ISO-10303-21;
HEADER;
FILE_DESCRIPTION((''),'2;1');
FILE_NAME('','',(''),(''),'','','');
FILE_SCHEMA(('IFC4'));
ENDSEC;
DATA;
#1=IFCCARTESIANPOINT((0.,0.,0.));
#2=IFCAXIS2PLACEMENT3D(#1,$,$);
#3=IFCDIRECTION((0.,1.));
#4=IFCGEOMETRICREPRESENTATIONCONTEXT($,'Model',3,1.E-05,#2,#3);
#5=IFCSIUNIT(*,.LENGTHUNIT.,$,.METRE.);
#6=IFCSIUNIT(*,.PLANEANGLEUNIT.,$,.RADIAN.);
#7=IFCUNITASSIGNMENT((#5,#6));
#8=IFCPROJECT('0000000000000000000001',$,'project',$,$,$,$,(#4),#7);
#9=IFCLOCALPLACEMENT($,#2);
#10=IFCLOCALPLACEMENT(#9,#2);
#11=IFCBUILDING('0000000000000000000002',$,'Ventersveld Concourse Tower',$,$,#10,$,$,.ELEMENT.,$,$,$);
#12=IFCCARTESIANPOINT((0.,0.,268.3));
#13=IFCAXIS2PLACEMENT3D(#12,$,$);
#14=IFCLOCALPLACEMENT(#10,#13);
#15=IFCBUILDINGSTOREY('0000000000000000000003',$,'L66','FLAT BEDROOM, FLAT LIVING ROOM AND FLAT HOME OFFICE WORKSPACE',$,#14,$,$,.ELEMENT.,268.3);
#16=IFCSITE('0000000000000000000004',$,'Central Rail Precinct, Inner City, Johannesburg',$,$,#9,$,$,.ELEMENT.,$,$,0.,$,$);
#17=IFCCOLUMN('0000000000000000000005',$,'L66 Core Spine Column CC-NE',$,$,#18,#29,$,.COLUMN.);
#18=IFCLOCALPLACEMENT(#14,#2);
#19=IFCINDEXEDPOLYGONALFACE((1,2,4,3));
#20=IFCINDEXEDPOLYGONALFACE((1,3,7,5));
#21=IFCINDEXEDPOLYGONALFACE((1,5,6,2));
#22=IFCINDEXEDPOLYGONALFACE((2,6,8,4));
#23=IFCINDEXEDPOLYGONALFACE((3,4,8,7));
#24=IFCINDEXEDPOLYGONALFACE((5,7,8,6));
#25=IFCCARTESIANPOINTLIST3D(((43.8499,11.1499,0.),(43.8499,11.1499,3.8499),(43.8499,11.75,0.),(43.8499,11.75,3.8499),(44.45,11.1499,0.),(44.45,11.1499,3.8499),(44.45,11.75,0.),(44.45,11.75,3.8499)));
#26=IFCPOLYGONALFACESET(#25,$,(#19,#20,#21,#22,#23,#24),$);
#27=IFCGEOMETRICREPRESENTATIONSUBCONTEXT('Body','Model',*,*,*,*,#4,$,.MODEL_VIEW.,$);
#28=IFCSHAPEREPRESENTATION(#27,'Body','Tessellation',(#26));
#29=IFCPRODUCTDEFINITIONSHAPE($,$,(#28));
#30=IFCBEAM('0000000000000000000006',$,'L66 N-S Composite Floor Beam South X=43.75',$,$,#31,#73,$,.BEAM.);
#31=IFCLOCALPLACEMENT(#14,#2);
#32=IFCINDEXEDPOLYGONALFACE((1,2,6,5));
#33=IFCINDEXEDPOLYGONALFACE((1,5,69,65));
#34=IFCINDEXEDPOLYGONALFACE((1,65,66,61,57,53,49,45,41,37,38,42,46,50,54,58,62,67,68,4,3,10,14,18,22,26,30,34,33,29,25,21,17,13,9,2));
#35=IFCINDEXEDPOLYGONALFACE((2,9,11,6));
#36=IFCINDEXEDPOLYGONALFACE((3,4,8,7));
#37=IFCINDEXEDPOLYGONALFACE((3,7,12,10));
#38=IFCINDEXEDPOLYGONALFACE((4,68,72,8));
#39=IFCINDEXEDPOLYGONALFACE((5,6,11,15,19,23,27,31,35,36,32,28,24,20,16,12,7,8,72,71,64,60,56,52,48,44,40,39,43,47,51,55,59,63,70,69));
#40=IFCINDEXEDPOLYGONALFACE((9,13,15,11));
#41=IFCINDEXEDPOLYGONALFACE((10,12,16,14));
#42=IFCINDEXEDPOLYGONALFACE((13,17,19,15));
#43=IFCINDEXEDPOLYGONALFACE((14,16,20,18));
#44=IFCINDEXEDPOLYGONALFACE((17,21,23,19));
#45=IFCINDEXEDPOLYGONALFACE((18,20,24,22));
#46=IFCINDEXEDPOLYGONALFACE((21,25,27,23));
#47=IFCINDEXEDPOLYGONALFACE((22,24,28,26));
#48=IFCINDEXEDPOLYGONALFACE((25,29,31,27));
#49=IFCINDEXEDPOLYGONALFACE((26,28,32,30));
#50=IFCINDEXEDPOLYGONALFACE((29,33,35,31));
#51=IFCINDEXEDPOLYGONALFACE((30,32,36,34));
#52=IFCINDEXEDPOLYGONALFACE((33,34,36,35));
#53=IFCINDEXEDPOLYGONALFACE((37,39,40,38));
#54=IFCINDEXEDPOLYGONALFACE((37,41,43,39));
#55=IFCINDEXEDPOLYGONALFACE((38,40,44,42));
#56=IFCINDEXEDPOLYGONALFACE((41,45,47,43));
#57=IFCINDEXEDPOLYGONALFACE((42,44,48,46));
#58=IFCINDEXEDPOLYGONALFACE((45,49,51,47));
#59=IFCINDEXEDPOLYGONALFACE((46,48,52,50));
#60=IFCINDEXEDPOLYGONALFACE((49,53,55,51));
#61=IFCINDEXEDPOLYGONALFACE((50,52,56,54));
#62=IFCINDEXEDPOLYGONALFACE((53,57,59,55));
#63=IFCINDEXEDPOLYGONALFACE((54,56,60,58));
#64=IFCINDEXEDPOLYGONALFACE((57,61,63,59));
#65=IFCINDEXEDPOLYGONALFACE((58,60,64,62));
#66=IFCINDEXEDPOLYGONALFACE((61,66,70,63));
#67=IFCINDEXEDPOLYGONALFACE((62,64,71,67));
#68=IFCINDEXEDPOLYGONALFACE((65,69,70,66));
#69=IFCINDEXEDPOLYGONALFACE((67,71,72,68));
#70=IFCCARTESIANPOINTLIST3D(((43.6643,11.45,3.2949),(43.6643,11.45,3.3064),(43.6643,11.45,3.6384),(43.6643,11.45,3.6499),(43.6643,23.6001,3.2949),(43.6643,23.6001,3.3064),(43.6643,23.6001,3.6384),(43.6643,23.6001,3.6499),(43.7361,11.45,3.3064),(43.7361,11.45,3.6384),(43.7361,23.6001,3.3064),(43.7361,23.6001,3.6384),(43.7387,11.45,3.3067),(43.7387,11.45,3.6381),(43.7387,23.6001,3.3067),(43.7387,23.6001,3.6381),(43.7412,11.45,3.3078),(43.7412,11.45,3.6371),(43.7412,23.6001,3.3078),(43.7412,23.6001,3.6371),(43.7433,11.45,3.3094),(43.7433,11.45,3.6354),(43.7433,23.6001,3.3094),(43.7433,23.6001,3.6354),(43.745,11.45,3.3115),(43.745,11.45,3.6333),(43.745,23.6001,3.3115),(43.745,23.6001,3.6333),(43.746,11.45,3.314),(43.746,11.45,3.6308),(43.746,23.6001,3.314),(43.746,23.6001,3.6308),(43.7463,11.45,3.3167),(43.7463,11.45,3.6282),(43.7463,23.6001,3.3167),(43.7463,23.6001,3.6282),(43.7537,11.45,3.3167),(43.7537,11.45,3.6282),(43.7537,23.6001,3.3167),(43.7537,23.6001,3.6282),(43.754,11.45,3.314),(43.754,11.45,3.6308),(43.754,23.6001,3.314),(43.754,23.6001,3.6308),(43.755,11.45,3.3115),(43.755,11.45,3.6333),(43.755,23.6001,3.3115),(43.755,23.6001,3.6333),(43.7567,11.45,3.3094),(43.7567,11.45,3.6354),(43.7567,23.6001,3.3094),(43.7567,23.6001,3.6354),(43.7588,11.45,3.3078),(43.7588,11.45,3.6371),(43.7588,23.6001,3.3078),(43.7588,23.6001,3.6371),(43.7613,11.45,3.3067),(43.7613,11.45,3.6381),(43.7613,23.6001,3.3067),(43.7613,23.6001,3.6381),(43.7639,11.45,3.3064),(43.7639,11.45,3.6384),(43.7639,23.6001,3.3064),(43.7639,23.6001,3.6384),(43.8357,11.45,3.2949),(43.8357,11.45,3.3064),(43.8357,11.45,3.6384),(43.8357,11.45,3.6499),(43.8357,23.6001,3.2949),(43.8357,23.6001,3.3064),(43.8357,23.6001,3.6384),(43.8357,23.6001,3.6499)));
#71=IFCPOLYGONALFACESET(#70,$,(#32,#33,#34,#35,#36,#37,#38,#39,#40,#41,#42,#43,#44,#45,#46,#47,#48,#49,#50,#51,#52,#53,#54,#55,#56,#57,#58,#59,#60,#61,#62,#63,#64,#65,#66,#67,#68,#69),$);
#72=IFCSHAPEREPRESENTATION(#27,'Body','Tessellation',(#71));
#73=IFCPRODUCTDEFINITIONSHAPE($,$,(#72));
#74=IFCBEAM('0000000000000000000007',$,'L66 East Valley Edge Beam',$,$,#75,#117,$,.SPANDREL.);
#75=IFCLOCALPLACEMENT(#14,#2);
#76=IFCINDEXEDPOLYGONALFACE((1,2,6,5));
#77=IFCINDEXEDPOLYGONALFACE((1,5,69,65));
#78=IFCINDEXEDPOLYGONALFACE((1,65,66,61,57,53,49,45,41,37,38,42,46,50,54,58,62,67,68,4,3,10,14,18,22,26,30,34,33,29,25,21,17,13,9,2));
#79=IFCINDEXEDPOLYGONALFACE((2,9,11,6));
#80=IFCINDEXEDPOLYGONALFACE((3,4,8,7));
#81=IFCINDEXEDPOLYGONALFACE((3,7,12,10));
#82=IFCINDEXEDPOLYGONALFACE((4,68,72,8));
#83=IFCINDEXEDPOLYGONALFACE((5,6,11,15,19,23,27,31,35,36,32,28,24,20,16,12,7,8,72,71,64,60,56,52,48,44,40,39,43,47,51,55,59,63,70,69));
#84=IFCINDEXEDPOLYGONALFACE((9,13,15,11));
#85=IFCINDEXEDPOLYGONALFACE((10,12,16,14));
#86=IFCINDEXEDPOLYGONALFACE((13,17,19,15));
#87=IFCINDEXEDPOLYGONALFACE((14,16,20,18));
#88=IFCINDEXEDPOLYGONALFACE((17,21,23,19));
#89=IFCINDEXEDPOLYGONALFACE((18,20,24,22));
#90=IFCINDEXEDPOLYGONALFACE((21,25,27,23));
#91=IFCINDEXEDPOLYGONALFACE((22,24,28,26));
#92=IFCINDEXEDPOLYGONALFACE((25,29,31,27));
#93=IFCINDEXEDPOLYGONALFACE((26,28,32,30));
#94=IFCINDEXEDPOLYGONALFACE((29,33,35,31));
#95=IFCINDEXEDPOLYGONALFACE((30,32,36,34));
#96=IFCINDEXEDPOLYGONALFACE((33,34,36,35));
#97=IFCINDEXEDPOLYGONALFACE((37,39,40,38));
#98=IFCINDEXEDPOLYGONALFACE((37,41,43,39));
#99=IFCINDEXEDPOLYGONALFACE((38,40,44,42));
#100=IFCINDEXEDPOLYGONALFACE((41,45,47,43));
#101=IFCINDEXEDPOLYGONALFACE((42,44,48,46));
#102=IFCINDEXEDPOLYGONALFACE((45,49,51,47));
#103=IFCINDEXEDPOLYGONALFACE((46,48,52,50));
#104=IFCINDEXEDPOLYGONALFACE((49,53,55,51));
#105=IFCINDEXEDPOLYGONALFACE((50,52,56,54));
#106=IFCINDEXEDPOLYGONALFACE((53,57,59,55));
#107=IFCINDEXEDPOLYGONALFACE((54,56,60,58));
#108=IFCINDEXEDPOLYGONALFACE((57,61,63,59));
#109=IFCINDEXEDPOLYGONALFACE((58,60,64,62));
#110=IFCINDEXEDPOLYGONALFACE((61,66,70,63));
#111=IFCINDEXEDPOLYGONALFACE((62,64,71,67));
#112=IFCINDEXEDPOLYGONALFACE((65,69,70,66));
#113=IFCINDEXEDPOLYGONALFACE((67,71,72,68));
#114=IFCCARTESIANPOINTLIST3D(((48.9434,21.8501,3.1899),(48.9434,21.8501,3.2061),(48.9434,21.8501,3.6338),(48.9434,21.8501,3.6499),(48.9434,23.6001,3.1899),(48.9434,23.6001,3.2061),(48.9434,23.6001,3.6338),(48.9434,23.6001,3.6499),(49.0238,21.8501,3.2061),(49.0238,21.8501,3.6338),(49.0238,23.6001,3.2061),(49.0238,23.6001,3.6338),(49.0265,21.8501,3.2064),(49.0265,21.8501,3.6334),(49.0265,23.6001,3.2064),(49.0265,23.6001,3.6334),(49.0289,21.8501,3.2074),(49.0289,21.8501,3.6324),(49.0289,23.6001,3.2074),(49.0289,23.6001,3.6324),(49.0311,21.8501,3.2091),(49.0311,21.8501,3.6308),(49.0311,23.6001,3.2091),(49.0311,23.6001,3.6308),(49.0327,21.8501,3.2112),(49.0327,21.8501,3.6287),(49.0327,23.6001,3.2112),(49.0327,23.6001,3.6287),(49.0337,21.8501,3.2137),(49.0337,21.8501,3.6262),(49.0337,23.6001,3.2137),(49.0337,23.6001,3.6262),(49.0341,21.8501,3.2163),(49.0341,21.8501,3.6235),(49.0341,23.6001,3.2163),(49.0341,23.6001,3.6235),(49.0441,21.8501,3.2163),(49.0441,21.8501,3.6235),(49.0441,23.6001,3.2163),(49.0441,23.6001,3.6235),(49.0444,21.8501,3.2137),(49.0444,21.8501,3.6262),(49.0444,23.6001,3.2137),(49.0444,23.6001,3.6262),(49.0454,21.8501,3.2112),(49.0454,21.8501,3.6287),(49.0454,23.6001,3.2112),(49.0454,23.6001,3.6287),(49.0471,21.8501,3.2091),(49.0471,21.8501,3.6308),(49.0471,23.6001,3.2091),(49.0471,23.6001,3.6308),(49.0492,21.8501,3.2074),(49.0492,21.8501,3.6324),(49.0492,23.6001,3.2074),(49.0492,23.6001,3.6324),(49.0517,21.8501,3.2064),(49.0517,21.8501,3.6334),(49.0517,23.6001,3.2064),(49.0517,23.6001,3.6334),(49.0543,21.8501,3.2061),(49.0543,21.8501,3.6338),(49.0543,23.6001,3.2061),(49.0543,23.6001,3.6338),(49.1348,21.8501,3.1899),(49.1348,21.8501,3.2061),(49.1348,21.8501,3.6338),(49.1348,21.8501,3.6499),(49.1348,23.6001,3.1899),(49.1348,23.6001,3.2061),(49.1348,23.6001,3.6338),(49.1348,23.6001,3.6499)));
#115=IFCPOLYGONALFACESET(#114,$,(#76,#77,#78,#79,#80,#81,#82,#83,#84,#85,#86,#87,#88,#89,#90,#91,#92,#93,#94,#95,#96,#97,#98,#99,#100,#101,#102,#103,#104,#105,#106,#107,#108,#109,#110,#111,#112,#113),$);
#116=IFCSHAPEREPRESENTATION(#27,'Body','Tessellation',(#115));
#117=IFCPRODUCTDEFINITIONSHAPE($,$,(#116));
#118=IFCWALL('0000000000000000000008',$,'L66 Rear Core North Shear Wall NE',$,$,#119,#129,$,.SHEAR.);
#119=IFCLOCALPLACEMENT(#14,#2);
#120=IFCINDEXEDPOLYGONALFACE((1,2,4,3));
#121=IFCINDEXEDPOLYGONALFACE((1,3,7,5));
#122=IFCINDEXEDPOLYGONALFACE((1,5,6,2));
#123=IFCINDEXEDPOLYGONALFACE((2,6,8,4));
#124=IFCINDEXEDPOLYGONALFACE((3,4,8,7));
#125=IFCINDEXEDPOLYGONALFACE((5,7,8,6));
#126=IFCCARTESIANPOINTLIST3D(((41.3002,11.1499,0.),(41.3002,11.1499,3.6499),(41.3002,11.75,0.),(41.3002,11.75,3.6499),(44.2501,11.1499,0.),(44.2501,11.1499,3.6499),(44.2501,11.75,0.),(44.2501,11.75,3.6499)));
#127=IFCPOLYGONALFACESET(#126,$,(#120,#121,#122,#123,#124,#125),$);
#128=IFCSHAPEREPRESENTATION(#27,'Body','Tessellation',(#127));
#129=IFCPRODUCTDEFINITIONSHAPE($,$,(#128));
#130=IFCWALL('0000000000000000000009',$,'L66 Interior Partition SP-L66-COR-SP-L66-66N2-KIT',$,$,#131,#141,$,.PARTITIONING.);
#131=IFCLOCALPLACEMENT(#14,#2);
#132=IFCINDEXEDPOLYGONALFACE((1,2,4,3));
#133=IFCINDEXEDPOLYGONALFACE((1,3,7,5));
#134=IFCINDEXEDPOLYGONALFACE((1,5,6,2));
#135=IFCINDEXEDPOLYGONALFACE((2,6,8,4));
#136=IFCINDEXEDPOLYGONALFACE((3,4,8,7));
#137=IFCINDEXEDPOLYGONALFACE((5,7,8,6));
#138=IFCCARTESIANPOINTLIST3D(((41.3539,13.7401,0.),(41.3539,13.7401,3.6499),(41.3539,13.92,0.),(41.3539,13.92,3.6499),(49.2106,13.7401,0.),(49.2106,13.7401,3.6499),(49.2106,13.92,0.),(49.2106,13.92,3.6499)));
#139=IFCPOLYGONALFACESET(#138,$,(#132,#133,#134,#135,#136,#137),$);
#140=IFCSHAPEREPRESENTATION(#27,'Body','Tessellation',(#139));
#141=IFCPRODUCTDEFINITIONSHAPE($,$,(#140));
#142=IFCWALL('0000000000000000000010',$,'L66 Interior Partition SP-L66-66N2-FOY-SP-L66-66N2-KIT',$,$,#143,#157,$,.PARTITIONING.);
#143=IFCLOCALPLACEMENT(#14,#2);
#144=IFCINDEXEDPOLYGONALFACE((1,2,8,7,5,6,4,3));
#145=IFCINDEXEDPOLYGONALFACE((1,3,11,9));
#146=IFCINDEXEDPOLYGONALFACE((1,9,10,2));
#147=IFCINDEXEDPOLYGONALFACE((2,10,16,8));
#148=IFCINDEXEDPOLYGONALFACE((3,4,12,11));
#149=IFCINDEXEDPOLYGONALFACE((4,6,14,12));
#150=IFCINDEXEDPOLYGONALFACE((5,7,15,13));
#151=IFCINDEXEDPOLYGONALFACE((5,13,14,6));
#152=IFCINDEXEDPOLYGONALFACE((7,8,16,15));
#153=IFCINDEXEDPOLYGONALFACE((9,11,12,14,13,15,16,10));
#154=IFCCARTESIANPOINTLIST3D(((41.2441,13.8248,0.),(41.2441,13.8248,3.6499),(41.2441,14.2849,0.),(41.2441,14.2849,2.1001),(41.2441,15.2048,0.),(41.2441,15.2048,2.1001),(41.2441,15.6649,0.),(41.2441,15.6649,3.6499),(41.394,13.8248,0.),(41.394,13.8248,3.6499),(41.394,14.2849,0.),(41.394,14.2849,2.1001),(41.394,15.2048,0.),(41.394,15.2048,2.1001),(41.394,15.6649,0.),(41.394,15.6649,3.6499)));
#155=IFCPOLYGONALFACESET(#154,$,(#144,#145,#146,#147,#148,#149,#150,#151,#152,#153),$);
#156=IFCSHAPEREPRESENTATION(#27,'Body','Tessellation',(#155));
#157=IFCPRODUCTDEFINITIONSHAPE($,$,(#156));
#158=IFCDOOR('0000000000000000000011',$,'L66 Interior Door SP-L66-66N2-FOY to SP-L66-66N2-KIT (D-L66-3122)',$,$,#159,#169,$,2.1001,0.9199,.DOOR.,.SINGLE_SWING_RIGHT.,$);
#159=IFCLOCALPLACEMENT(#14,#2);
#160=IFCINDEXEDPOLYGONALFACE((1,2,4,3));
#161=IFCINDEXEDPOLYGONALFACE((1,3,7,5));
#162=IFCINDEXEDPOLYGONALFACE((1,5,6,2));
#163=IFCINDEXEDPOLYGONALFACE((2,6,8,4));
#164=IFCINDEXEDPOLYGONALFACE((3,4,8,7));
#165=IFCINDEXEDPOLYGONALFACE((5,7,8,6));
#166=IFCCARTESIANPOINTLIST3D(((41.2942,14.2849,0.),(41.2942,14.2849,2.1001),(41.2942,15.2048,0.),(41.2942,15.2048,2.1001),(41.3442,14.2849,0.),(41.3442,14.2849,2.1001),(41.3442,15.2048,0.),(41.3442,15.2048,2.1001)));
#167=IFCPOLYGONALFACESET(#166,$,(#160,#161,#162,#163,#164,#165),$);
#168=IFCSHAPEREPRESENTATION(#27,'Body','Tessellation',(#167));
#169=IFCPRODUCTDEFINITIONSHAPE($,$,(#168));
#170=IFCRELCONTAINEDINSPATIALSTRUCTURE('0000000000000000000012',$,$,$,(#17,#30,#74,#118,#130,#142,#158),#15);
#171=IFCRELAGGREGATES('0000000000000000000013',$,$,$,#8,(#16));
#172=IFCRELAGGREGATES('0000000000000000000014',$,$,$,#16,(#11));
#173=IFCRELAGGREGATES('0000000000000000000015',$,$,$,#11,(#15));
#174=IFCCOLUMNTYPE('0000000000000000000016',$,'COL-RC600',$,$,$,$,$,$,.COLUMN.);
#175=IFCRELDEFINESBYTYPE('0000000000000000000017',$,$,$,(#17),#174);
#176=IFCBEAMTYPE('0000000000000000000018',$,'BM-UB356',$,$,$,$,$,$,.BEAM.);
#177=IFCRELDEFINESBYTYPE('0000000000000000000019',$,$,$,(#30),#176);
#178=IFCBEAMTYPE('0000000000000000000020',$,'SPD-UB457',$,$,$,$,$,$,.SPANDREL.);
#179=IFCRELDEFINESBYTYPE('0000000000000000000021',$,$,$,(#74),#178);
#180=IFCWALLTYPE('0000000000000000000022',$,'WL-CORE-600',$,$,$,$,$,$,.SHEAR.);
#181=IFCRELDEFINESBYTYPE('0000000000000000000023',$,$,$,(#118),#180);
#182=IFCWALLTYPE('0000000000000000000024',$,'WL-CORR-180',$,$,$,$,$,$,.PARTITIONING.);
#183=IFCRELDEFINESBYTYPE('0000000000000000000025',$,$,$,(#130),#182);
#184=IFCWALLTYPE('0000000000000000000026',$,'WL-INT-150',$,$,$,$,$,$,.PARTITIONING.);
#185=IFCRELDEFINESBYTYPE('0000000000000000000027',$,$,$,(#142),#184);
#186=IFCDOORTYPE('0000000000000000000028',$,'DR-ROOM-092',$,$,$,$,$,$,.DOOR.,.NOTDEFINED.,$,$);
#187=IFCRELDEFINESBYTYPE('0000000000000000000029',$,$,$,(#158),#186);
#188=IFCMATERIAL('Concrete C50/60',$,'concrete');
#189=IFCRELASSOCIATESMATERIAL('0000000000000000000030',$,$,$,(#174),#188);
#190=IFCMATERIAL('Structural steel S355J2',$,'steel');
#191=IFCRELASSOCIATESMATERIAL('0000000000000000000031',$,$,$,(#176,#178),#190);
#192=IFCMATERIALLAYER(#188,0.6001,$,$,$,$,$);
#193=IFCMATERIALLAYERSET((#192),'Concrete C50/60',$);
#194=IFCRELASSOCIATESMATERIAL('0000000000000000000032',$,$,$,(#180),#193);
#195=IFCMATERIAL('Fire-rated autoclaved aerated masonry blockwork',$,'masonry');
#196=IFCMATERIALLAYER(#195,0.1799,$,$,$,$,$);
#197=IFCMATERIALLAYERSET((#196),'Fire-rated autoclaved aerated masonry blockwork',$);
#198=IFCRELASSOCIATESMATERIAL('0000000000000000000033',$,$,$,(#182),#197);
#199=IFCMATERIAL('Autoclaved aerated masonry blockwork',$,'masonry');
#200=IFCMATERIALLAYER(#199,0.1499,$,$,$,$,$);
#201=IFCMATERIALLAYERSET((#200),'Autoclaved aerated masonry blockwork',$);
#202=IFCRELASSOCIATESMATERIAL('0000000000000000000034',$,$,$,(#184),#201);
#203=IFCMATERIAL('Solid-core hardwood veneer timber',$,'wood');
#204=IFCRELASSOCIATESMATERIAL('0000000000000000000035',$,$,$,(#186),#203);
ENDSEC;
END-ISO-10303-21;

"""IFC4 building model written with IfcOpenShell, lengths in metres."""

from ifc_helpers import new_model, si_unit, direction, frame, frame_2d, origin, origin_2d, place, context, subcontext, project, spatial, rectangle, i_section, extrude, material, layer, layer_set, material_profile, profile_set, type_object, element, fill, save


model = new_model("IFC4")

# Units and contexts
model_context = context("Model", 3, precision=1e-05, world=origin(), true_north=direction((0.0, 1.0)))
body_context = subcontext(model_context, "Body", "Model", "MODEL_VIEW")
ifc_project = project(units=[si_unit("LENGTHUNIT", "METRE"), si_unit("PLANEANGLEUNIT", "RADIAN")], contexts=[model_context])

# Site, building, storey
site_placement = place(None, origin())
site = spatial("IfcSite", under=ifc_project, at=site_placement, Name="Central Rail Precinct, Inner City, Johannesburg", CompositionType="ELEMENT", RefElevation=0.0)
building_placement = place(site_placement, origin())
building = spatial("IfcBuilding", under=site, at=building_placement, Name="Ventersveld Concourse Tower", CompositionType="ELEMENT")
storey_placement = place(building_placement, frame((0.0, 0.0, 268.3)))
storey = spatial("IfcBuildingStorey", under=building, at=storey_placement, Name="L66", Description="FLAT BEDROOM, FLAT LIVING ROOM AND FLAT HOME OFFICE WORKSPACE", CompositionType="ELEMENT", Elevation=268.3)

# Column
ifc_material_1 = material(Name="Concrete C50/60", Category="concrete")
ifc_material_profile_1 = material_profile(ifc_material_1, rectangle(XDim=0.6001, YDim=0.6001, at=origin_2d()), Name="RC 600x600")
ifc_profile_set_1 = profile_set([ifc_material_profile_1], Name="Concrete C50/60")
column_type = type_object("IfcColumnType", Name="COL-RC600", PredefinedType="COLUMN", material=ifc_profile_set_1)
column_placement = place(storey_placement, frame((44.1499, 11.45, 0.0), z_axis=(0.0, 0.0, 1.0), x_axis=(1.0, 0.0, 0.0)))
element("IfcColumn", 1, at=column_placement, inside=storey, type_object=column_type, Name="L66 Core Spine Column CC-NE", PredefinedType="COLUMN", context=body_context, shape_type="SweptSolid", body=[
    extrude(rectangle(XDim=0.6001, YDim=0.6001, at=origin_2d()), origin(), (0.0, 0.0, 1.0), 3.8499),
])

# Beams
ifc_material_2 = material(Name="Structural steel S355J2", Category="steel")
ifc_material_profile_2 = material_profile(ifc_material_2, i_section(OverallWidth=0.1714, OverallDepth=0.355, WebThickness=0.0073, FlangeThickness=0.0115, FilletRadius=0.0103, at=origin_2d()), Name="UB 356x171x51")
ifc_profile_set_2 = profile_set([ifc_material_profile_2], Name="Structural steel S355J2")
beam_type_1 = type_object("IfcBeamType", Name="BM-UB356", PredefinedType="BEAM", material=ifc_profile_set_2)
beam_1_placement = place(storey_placement, frame((43.75, 11.45, 3.4724), z_axis=(0.0, 1.0, 0.0), x_axis=(-1.0, 0.0, 0.0)))
element("IfcBeam", 2, at=beam_1_placement, inside=storey, type_object=beam_type_1, Name="L66 N-S Composite Floor Beam South X=43.75", PredefinedType="BEAM", context=body_context, shape_type="SweptSolid", body=[
    extrude(i_section(OverallWidth=0.1714, OverallDepth=0.355, WebThickness=0.0073, FlangeThickness=0.0115, FilletRadius=0.0103, at=origin_2d()), origin(), (0.0, 0.0, 1.0), 12.1501),
])
ifc_material_profile_3 = material_profile(ifc_material_2, i_section(OverallWidth=0.1914, OverallDepth=0.46, WebThickness=0.01, FlangeThickness=0.0161, FilletRadius=0.0103, at=origin_2d()), Name="UB 457x191x82")
ifc_profile_set_3 = profile_set([ifc_material_profile_3], Name="Structural steel S355J2")
beam_type_2 = type_object("IfcBeamType", Name="SPD-UB457", PredefinedType="SPANDREL", material=ifc_profile_set_3)
beam_2_placement = place(storey_placement, frame((49.0391, 21.8501, 3.4199), z_axis=(0.0, 1.0, 0.0), x_axis=(-1.0, 0.0, 0.0)))
element("IfcBeam", 3, at=beam_2_placement, inside=storey, type_object=beam_type_2, Name="L66 East Valley Edge Beam", PredefinedType="SPANDREL", context=body_context, shape_type="SweptSolid", body=[
    extrude(i_section(OverallWidth=0.1914, OverallDepth=0.46, WebThickness=0.01, FlangeThickness=0.0161, FilletRadius=0.0103, at=origin_2d()), origin(), (0.0, 0.0, 1.0), 1.75),
])

# Wall
ifc_layer_1 = layer(ifc_material_1, 0.6001)
ifc_layer_set_1 = layer_set([ifc_layer_1], Name="Concrete C50/60")
wall_type_1 = type_object("IfcWallType", Name="WL-CORE-600", PredefinedType="SHEAR", material=ifc_layer_set_1)
wall_1_placement = place(storey_placement, frame((41.3, 11.45, 0.0), z_axis=(0.0, 0.0, 1.0), x_axis=(1.0, 0.0, 0.0)))
element("IfcWall", 4, at=wall_1_placement, inside=storey, type_object=wall_type_1, Name="L66 Rear Core North Shear Wall NE", PredefinedType="SHEAR", context=body_context, shape_type="SweptSolid", body=[
    extrude(rectangle(XDim=2.95, YDim=0.6001, at=frame_2d((1.4751, 0.0))), origin(), (0.0, 0.0, 1.0), 3.6499),
])

# Shared definitions
ifc_material_3 = material(Name="Fire-rated autoclaved aerated masonry blockwork", Category="masonry")
ifc_layer_2 = layer(ifc_material_3, 0.1799)
ifc_layer_set_2 = layer_set([ifc_layer_2], Name="Fire-rated autoclaved aerated masonry blockwork")
wall_type_2 = type_object("IfcWallType", Name="WL-CORR-180", PredefinedType="PARTITIONING", material=ifc_layer_set_2)
ifc_material_4 = material(Name="Solid-core hardwood veneer timber", Category="wood")

# Wall
wall_2_placement = place(storey_placement, frame((41.354, 13.8301, 0.0), z_axis=(0.0, 0.0, 1.0), x_axis=(1.0, 0.0, 0.0)))
element("IfcWall", 5, at=wall_2_placement, inside=storey, type_object=wall_type_2, Name="L66 Interior Partition SP-L66-COR-SP-L66-66N2-KIT", PredefinedType="PARTITIONING", context=body_context, shape_type="SweptSolid", body=[
    extrude(rectangle(XDim=7.8567, YDim=0.1799, at=frame_2d((3.9282, 0.0))), origin(), (0.0, 0.0, 1.0), 3.6499),
])

# Wall, opening, door
ifc_material_5 = material(Name="Autoclaved aerated masonry blockwork", Category="masonry")
ifc_layer_3 = layer(ifc_material_5, 0.1499)
ifc_layer_set_3 = layer_set([ifc_layer_3], Name="Autoclaved aerated masonry blockwork")
wall_type_3 = type_object("IfcWallType", Name="WL-INT-150", PredefinedType="PARTITIONING", material=ifc_layer_set_3)
wall_3_placement = place(storey_placement, frame((41.3191, 13.825, 0.0), z_axis=(0.0, 0.0, 1.0), x_axis=(0.0, 1.0, 0.0)))
wall_3 = element("IfcWall", 6, at=wall_3_placement, inside=storey, type_object=wall_type_3, Name="L66 Interior Partition SP-L66-66N2-FOY-SP-L66-66N2-KIT", PredefinedType="PARTITIONING", context=body_context, shape_type="SweptSolid", body=[
    extrude(rectangle(XDim=1.8401, YDim=0.1499, at=frame_2d((0.9199, 0.0))), origin(), (0.0, 0.0, 1.0), 3.6499),
])
opening_1_placement = place(wall_3_placement, frame((0.46, 0.0, 0.0)))
opening_1 = element("IfcOpeningElement", 7, at=opening_1_placement, cuts=wall_3, PredefinedType="OPENING", context=body_context, shape_type="SweptSolid", body=[
    extrude(rectangle(XDim=0.9199, YDim=2.1001, at=frame_2d((0.46, 1.05))), frame((0.0, 0.085, 0.0), z_axis=(0.0, -1.0, 0.0), x_axis=(1.0, 0.0, 0.0)), (0.0, 0.0, 1.0), 0.1699),
])
door_type_1 = type_object("IfcDoorType", Name="DR-ROOM-092", OperationType="NOTDEFINED", PredefinedType="DOOR", material=ifc_material_4)
door_1_placement = place(opening_1_placement, origin())
door_1 = element("IfcDoor", 8, at=door_1_placement, inside=storey, type_object=door_type_1, Name="L66 Interior Door SP-L66-66N2-FOY to SP-L66-66N2-KIT (D-L66-3122)", OperationType="SINGLE_SWING_RIGHT", OverallHeight=2.1001, OverallWidth=0.9199, PredefinedType="DOOR", context=body_context, shape_type="SweptSolid", body=[
    extrude(rectangle(XDim=0.9199, YDim=2.1001, at=frame_2d((0.46, 1.05))), frame((0.0, 0.0249, 0.0), z_axis=(0.0, -1.0, 0.0), x_axis=(1.0, 0.0, 0.0)), (0.0, 0.0, 1.0), 0.05),
])
fill(opening_1, door_1)

save(model, "model.ifc")
